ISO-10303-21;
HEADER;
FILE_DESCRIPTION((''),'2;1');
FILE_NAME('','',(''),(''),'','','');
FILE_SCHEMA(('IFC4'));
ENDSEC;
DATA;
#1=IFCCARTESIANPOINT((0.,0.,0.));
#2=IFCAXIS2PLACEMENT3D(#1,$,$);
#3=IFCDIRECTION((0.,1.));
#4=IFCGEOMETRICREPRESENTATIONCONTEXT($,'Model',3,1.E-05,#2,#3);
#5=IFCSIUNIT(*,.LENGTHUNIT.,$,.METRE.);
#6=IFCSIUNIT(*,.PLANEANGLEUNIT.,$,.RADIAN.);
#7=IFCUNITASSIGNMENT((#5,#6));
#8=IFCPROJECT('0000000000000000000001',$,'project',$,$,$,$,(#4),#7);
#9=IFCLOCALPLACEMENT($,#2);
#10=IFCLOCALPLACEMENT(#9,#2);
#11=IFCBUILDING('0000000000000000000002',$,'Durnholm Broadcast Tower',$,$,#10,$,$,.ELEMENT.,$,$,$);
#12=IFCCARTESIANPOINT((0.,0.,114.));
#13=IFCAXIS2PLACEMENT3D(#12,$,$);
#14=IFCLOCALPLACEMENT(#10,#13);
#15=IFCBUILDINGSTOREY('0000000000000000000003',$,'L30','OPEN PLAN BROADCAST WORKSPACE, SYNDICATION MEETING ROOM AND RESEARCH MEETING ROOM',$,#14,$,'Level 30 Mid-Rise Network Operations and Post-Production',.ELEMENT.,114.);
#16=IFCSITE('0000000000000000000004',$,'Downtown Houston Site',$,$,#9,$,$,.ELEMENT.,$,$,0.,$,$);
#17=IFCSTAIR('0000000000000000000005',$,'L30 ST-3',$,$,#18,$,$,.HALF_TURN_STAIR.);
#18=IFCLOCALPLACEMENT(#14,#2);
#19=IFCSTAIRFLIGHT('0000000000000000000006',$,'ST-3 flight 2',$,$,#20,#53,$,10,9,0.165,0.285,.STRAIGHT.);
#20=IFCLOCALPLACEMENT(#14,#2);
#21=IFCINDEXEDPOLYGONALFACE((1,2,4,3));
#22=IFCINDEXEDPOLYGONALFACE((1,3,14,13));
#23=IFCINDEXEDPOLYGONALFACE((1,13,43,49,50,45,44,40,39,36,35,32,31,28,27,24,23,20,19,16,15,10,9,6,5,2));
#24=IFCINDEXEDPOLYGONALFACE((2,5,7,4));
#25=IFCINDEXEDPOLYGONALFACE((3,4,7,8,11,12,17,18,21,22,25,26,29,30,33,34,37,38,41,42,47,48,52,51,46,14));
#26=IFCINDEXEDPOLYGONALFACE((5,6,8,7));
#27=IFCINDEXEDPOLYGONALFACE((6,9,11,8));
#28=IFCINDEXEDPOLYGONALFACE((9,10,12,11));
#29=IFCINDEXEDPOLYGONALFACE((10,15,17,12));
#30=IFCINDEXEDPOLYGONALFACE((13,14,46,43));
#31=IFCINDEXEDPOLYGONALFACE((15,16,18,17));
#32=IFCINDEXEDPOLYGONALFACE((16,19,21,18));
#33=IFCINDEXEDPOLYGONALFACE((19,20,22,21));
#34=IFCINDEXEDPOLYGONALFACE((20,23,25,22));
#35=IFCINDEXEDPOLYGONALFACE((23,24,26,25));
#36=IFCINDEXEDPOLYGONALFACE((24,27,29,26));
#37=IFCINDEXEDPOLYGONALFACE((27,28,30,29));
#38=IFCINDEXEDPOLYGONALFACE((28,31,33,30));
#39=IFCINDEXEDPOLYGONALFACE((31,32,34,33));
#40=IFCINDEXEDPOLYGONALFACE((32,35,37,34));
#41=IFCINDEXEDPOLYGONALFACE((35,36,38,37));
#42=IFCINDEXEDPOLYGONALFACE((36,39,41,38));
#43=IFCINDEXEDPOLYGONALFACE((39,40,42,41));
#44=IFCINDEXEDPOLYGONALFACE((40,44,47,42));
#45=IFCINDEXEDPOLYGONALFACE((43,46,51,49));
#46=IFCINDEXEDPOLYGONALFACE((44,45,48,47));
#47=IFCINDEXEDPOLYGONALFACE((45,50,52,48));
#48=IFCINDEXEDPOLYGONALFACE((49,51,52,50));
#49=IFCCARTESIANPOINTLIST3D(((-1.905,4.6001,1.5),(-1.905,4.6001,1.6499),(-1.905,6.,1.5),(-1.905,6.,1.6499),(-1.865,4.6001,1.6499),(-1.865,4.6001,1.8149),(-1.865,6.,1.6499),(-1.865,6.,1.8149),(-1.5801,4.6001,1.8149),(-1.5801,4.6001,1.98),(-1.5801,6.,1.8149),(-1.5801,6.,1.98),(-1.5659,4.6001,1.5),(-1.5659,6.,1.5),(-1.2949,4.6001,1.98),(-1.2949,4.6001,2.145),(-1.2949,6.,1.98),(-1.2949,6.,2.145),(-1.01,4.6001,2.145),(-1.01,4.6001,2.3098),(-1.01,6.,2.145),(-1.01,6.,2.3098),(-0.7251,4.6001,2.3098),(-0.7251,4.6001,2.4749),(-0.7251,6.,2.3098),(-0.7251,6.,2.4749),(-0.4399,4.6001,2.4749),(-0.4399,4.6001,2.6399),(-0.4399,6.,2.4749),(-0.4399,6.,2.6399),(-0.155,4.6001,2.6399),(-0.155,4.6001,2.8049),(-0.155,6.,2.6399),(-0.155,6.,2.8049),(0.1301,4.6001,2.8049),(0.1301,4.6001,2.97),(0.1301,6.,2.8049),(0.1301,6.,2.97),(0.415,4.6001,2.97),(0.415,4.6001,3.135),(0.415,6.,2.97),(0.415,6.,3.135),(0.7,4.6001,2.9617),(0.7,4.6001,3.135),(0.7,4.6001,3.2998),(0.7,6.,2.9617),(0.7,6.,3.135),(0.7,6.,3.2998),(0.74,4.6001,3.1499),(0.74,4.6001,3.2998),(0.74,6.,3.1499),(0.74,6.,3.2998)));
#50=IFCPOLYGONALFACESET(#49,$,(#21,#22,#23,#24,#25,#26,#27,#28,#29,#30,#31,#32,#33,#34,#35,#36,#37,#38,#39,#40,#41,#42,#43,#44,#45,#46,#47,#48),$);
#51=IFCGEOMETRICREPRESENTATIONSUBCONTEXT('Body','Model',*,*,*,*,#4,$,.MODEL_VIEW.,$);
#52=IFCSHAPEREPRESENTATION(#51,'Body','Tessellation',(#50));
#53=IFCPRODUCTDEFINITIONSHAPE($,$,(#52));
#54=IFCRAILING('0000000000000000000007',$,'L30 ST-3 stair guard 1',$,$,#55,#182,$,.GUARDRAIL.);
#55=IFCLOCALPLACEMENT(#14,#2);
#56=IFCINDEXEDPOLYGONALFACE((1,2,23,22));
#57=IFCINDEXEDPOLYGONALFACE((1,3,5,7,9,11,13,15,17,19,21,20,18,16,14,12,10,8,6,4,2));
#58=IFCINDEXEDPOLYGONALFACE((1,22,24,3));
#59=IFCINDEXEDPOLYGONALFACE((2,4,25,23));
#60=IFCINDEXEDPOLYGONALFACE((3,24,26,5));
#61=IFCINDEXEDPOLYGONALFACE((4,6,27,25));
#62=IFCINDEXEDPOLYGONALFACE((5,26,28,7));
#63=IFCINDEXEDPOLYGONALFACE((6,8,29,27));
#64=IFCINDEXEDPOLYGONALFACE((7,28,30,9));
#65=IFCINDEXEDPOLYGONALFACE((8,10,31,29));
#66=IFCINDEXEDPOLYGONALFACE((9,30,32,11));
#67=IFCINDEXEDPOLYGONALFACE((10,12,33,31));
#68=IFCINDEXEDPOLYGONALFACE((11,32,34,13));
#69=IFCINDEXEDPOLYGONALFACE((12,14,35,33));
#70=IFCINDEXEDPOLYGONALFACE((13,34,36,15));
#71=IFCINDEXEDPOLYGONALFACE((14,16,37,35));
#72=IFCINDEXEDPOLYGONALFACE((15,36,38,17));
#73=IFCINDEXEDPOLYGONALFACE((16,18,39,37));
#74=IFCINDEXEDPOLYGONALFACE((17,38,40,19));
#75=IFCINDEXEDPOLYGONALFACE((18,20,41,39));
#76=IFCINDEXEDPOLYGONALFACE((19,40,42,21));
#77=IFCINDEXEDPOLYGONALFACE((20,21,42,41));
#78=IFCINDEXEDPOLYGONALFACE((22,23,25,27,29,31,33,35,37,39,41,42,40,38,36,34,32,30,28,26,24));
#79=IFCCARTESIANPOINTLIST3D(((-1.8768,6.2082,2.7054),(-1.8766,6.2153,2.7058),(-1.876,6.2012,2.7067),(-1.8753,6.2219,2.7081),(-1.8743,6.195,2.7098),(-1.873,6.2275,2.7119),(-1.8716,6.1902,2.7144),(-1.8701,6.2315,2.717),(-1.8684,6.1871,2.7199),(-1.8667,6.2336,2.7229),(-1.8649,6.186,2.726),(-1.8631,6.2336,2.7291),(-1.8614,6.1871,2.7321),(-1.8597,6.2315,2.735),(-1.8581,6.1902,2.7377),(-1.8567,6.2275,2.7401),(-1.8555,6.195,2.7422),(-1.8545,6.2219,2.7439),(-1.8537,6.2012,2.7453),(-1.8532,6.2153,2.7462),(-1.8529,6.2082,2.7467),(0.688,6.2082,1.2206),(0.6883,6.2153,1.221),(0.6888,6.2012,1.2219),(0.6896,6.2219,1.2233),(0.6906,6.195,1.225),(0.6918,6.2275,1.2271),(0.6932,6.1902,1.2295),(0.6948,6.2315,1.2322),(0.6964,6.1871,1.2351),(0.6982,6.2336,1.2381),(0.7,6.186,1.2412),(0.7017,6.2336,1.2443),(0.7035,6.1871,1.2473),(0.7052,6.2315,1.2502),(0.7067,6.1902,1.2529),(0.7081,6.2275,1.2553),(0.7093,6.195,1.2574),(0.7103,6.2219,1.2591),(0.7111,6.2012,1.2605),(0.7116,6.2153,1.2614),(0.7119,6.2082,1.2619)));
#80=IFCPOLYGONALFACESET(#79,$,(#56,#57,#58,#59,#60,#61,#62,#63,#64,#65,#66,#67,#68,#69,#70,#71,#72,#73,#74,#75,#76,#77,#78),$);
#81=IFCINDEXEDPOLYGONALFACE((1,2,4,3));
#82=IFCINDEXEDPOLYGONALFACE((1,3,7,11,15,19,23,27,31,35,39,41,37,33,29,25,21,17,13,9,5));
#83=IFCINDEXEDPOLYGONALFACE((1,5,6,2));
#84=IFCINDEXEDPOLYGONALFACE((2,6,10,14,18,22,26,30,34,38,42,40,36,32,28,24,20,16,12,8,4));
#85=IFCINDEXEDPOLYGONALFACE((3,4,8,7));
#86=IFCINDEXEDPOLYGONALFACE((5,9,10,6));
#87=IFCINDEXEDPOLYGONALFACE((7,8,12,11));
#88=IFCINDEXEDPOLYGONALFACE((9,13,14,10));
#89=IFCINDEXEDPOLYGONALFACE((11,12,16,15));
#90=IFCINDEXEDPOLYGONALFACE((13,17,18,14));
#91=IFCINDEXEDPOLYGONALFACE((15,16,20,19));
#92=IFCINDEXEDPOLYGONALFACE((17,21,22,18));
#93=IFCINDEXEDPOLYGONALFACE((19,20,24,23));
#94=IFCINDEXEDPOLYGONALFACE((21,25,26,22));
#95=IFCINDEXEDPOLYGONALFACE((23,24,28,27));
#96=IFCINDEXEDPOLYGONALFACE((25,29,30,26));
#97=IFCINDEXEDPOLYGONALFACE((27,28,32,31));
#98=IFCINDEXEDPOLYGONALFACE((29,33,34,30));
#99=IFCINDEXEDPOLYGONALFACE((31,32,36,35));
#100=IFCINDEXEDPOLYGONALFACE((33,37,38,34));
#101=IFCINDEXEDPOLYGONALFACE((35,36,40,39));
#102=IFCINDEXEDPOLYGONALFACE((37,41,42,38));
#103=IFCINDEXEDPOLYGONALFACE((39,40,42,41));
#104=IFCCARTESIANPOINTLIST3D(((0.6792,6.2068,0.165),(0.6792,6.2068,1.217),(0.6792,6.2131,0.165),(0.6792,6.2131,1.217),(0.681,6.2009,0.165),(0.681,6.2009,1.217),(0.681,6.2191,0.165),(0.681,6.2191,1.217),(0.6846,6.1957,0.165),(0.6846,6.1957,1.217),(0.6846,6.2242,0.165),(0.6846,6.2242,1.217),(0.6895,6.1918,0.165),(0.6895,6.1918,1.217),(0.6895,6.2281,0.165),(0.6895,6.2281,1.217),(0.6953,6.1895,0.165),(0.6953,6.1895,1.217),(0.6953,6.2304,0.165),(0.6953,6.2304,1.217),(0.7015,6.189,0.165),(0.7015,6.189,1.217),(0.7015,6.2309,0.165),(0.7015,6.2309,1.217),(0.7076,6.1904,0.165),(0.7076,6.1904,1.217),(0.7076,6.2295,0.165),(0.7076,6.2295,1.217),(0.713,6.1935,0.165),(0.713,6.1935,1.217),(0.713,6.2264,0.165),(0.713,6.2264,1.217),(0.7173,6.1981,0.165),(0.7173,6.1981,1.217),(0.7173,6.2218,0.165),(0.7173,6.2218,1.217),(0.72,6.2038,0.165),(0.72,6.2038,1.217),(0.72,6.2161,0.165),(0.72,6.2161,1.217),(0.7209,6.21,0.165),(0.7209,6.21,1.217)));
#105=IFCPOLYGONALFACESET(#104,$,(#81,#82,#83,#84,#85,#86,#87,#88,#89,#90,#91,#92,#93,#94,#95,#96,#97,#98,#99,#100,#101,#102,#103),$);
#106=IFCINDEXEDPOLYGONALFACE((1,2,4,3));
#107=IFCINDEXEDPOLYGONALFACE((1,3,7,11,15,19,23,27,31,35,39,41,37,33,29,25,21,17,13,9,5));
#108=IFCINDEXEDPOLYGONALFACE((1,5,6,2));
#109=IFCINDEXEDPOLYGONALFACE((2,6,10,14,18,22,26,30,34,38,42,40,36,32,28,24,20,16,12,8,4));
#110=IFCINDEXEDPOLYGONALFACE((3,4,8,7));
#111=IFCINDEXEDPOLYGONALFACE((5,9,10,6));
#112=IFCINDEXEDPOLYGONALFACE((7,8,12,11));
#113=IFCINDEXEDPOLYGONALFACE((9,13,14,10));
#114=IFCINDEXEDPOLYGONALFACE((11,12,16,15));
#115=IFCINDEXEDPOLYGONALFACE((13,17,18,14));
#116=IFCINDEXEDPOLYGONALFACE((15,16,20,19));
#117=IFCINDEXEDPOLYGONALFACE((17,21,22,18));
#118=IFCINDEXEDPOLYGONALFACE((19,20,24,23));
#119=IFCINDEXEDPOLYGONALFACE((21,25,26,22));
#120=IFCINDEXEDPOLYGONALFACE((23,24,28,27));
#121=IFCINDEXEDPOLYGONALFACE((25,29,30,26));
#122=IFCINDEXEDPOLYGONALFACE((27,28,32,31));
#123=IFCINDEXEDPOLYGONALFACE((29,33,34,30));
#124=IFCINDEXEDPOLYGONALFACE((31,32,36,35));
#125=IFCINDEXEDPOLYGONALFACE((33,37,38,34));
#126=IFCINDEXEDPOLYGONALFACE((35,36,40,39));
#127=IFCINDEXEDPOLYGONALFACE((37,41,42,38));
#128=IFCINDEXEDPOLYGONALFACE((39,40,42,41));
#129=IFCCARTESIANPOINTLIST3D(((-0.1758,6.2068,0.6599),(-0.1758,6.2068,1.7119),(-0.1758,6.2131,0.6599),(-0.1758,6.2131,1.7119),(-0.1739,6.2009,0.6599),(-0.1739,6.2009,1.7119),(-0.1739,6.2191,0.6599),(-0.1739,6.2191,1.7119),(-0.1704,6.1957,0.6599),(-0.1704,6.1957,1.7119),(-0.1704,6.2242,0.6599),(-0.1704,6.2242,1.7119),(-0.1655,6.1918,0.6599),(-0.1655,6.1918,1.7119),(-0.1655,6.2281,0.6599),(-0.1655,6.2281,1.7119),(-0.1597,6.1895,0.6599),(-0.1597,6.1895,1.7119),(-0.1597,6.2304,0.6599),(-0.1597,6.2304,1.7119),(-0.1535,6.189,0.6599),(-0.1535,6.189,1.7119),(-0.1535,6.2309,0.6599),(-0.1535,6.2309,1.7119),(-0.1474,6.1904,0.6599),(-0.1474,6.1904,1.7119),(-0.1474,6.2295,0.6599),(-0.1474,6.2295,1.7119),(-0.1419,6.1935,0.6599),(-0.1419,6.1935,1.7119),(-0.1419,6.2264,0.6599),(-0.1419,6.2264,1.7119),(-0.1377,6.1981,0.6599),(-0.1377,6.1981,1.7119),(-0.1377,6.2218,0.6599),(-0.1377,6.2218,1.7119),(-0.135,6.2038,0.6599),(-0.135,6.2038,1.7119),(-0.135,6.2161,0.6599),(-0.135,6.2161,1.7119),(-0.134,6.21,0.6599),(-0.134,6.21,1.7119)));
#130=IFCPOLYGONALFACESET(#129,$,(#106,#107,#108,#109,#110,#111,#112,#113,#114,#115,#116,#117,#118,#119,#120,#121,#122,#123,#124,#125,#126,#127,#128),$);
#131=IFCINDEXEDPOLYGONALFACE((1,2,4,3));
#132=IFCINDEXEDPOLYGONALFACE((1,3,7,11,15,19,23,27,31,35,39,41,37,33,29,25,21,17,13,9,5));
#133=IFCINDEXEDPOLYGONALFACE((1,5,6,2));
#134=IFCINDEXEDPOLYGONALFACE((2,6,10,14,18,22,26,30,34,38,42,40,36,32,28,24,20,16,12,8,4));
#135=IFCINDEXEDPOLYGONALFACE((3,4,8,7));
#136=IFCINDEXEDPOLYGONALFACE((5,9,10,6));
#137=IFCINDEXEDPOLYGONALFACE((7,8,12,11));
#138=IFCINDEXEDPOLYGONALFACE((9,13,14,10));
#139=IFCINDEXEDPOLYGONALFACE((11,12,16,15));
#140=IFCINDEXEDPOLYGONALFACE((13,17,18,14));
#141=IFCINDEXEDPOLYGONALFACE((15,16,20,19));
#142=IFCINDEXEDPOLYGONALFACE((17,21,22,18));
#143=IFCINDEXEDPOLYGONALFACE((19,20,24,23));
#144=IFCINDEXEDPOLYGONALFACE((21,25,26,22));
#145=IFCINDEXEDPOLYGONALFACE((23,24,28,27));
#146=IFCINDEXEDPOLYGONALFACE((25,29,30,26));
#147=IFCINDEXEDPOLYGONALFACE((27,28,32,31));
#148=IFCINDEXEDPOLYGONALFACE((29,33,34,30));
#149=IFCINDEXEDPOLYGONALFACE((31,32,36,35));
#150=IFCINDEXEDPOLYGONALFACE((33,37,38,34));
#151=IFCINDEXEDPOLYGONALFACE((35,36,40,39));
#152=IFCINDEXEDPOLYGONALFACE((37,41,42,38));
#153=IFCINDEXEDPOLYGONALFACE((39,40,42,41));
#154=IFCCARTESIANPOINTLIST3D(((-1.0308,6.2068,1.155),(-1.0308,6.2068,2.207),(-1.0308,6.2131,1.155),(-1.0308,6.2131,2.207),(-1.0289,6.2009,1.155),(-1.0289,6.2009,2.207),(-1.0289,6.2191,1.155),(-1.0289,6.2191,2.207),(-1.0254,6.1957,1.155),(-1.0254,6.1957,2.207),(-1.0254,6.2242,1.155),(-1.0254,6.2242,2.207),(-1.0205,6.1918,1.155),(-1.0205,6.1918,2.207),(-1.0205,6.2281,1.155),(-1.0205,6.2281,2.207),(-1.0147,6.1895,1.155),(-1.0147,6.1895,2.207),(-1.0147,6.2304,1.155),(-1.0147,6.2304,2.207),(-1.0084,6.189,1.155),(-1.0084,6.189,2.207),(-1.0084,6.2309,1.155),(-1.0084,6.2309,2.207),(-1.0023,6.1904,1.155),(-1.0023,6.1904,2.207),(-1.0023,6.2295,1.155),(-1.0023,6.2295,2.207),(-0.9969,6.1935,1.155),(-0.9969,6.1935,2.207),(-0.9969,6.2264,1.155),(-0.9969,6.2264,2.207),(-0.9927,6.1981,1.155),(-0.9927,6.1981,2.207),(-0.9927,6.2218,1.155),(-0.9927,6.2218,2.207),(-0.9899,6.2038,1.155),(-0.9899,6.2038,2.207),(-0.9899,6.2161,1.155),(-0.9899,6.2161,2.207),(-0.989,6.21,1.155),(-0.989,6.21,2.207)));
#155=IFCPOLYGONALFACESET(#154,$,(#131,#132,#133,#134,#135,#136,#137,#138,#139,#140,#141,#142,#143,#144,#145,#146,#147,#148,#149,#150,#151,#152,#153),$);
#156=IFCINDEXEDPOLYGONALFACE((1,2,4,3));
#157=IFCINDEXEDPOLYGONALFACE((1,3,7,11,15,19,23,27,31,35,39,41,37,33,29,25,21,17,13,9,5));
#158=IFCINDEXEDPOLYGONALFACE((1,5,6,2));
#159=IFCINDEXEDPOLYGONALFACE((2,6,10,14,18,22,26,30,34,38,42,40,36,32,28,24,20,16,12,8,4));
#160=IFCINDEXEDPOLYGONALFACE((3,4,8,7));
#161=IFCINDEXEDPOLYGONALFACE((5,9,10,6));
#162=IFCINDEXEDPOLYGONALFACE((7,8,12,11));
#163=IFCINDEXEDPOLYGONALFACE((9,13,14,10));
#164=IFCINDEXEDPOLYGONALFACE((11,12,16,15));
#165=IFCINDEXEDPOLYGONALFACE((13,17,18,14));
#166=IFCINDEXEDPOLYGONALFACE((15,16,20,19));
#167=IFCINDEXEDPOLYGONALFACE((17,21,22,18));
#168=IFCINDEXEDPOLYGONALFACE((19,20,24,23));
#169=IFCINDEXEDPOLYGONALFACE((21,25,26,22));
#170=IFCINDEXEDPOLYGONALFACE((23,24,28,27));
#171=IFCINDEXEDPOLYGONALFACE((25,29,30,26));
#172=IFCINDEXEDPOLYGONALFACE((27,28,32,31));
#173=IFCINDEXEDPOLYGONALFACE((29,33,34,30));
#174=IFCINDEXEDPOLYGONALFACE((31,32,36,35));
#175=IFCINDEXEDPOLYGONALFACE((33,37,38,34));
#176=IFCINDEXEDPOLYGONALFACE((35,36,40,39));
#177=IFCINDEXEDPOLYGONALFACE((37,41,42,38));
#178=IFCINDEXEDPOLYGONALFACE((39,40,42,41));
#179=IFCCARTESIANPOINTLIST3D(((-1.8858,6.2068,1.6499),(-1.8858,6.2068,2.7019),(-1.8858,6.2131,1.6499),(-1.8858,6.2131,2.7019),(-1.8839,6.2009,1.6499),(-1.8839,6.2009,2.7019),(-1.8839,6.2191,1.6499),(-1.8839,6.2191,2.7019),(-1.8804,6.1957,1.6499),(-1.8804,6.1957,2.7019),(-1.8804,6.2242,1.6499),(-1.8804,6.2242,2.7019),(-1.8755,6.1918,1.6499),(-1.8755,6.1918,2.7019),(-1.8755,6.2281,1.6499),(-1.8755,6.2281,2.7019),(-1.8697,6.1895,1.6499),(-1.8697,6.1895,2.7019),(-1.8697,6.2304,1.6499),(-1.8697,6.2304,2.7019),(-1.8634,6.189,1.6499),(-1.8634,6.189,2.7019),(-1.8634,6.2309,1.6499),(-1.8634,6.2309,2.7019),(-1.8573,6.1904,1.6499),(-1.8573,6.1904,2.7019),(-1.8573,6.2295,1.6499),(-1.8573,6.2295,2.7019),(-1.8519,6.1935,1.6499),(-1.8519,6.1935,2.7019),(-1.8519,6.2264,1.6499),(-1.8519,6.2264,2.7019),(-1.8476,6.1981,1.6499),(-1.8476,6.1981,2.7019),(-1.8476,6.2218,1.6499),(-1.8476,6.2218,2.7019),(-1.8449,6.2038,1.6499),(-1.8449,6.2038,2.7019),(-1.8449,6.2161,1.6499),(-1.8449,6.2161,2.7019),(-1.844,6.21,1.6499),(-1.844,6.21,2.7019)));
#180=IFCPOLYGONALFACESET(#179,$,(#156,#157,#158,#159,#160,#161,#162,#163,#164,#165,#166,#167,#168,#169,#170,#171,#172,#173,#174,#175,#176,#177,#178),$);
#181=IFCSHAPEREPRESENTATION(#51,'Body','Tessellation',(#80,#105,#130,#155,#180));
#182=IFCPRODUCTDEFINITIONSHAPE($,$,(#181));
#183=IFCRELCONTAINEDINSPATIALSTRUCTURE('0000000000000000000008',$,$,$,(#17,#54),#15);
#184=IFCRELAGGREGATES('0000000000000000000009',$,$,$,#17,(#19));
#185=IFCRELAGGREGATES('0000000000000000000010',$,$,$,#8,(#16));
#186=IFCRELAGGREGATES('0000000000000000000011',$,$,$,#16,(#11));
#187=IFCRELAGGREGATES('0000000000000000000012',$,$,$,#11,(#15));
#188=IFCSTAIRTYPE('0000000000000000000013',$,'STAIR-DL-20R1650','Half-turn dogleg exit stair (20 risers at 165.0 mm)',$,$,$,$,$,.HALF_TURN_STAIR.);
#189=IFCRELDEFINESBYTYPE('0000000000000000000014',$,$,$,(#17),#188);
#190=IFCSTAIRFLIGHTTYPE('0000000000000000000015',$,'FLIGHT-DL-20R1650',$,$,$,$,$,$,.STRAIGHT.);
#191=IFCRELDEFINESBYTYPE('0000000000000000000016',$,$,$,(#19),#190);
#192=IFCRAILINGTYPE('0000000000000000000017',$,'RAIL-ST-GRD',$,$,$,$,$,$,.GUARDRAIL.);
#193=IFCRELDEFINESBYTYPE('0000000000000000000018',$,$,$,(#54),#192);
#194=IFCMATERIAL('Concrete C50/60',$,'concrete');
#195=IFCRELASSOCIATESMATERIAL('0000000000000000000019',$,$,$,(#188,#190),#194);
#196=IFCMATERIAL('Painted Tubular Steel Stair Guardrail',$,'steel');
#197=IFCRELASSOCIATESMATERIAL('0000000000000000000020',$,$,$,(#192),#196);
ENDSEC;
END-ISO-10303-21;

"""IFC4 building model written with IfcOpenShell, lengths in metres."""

from ifc_helpers import new_model, si_unit, direction, frame, origin, origin_2d, place, context, subcontext, project, spatial, polyline, circle, outline, extrude, material, type_object, element, aggregate, save


model = new_model("IFC4")

# Units and contexts
model_context = context("Model", 3, precision=1e-05, world=origin(), true_north=direction((0.0, 1.0)))
body_context = subcontext(model_context, "Body", "Model", "MODEL_VIEW")
ifc_project = project(units=[si_unit("LENGTHUNIT", "METRE"), si_unit("PLANEANGLEUNIT", "RADIAN")], contexts=[model_context])

# Site, building, storey
site_placement = place(None, origin())
site = spatial("IfcSite", under=ifc_project, at=site_placement, Name="Downtown Houston Site", CompositionType="ELEMENT", RefElevation=0.0)
building_placement = place(site_placement, origin())
building = spatial("IfcBuilding", under=site, at=building_placement, Name="Durnholm Broadcast Tower", CompositionType="ELEMENT")
storey_placement = place(building_placement, frame((0.0, 0.0, 114.0)))
storey = spatial("IfcBuildingStorey", under=building, at=storey_placement, Name="L30", Description="OPEN PLAN BROADCAST WORKSPACE, SYNDICATION MEETING ROOM AND RESEARCH MEETING ROOM", LongName="Level 30 Mid-Rise Network Operations and Post-Production", CompositionType="ELEMENT", Elevation=114.0)

# Shared definitions
ifc_material_1 = material(Name="Concrete C50/60", Category="concrete")

# Stair, stair flight
stair_type = type_object("IfcStairType", Name="STAIR-DL-20R1650", Description="Half-turn dogleg exit stair (20 risers at 165.0 mm)", PredefinedType="HALF_TURN_STAIR", material=ifc_material_1)
stair_placement = place(storey_placement, origin())
stair = element("IfcStair", 1, at=stair_placement, inside=storey, type_object=stair_type, Name="L30 ST-3", PredefinedType="HALF_TURN_STAIR")
stair_flight_type = type_object("IfcStairFlightType", Name="FLIGHT-DL-20R1650", PredefinedType="STRAIGHT", material=ifc_material_1)
stair_flight_1_placement = place(storey_placement, frame((-1.865, 5.3, 1.6499), z_axis=(0.0, 0.0, 1.0), x_axis=(1.0, 0.0, 0.0)))
stair_flight_1 = element("IfcStairFlight", 2, at=stair_flight_1_placement, type_object=stair_flight_type, Name="ST-3 flight 2", NumberOfRisers=10, NumberOfTreads=9, PredefinedType="STRAIGHT", RiserHeight=0.165, TreadLength=0.285, context=body_context, shape_type="SweptSolid", body=[
    extrude(outline(polyline([(-0.04, -0.1499), (-0.04, 0.0), (0.0, 0.0), (0.0, 0.165), (0.2849, 0.165), (0.2849, 0.3301), (0.5701, 0.3301), (0.5701, 0.4951), (0.855, 0.4951), (0.855, 0.6599), (1.1399, 0.6599), (1.1399, 0.825), (1.425, 0.825), (1.425, 0.99), (1.71, 0.99), (1.71, 1.155), (1.9951, 1.155), (1.9951, 1.3201), (2.28, 1.3201), (2.28, 1.4851), (2.5649, 1.4851), (2.5649, 1.6499), (2.605, 1.6499), (2.605, 1.5), (2.5649, 1.3118), (0.2991, -0.1499), (-0.04, -0.1499)])), frame((0.0, 0.7, 0.0), z_axis=(0.0, -1.0, 0.0), x_axis=(1.0, 0.0, 0.0)), (0.0, 0.0, 1.0), 1.3999),
])
aggregate(stair, [stair_flight_1])

# Railing
ifc_material_2 = material(Name="Painted Tubular Steel Stair Guardrail", Category="steel")
railing_type_1 = type_object("IfcRailingType", Name="RAIL-ST-GRD", PredefinedType="GUARDRAIL", material=ifc_material_2)
railing_1_placement = place(storey_placement, frame((0.7, 6.21, 0.165)))
element("IfcRailing", 3, at=railing_1_placement, inside=storey, type_object=railing_type_1, Name="L30 ST-3 stair guard 1", PredefinedType="GUARDRAIL", context=body_context, shape_type="SweptSolid", body=[
    extrude(circle(Radius=0.0239, at=origin_2d()), frame((0.0, 0.0, 1.0762), z_axis=(-0.865441, 0.0, 0.50101), x_axis=(0.0, -1.0, 0.0)), (0.0, 0.0, 1.0), 2.9636),
    extrude(circle(Radius=0.021, at=origin_2d()), origin(), (0.0, 0.0, 1.0), 1.052),
    extrude(circle(Radius=0.021, at=origin_2d()), frame((-0.855, 0.0, 0.4949)), (0.0, 0.0, 1.0), 1.052),
    extrude(circle(Radius=0.021, at=origin_2d()), frame((-1.71, 0.0, 0.99)), (0.0, 0.0, 1.0), 1.052),
    extrude(circle(Radius=0.021, at=origin_2d()), frame((-2.5649, 0.0, 1.4849)), (0.0, 0.0, 1.0), 1.052),
])

save(model, "model.ifc")
